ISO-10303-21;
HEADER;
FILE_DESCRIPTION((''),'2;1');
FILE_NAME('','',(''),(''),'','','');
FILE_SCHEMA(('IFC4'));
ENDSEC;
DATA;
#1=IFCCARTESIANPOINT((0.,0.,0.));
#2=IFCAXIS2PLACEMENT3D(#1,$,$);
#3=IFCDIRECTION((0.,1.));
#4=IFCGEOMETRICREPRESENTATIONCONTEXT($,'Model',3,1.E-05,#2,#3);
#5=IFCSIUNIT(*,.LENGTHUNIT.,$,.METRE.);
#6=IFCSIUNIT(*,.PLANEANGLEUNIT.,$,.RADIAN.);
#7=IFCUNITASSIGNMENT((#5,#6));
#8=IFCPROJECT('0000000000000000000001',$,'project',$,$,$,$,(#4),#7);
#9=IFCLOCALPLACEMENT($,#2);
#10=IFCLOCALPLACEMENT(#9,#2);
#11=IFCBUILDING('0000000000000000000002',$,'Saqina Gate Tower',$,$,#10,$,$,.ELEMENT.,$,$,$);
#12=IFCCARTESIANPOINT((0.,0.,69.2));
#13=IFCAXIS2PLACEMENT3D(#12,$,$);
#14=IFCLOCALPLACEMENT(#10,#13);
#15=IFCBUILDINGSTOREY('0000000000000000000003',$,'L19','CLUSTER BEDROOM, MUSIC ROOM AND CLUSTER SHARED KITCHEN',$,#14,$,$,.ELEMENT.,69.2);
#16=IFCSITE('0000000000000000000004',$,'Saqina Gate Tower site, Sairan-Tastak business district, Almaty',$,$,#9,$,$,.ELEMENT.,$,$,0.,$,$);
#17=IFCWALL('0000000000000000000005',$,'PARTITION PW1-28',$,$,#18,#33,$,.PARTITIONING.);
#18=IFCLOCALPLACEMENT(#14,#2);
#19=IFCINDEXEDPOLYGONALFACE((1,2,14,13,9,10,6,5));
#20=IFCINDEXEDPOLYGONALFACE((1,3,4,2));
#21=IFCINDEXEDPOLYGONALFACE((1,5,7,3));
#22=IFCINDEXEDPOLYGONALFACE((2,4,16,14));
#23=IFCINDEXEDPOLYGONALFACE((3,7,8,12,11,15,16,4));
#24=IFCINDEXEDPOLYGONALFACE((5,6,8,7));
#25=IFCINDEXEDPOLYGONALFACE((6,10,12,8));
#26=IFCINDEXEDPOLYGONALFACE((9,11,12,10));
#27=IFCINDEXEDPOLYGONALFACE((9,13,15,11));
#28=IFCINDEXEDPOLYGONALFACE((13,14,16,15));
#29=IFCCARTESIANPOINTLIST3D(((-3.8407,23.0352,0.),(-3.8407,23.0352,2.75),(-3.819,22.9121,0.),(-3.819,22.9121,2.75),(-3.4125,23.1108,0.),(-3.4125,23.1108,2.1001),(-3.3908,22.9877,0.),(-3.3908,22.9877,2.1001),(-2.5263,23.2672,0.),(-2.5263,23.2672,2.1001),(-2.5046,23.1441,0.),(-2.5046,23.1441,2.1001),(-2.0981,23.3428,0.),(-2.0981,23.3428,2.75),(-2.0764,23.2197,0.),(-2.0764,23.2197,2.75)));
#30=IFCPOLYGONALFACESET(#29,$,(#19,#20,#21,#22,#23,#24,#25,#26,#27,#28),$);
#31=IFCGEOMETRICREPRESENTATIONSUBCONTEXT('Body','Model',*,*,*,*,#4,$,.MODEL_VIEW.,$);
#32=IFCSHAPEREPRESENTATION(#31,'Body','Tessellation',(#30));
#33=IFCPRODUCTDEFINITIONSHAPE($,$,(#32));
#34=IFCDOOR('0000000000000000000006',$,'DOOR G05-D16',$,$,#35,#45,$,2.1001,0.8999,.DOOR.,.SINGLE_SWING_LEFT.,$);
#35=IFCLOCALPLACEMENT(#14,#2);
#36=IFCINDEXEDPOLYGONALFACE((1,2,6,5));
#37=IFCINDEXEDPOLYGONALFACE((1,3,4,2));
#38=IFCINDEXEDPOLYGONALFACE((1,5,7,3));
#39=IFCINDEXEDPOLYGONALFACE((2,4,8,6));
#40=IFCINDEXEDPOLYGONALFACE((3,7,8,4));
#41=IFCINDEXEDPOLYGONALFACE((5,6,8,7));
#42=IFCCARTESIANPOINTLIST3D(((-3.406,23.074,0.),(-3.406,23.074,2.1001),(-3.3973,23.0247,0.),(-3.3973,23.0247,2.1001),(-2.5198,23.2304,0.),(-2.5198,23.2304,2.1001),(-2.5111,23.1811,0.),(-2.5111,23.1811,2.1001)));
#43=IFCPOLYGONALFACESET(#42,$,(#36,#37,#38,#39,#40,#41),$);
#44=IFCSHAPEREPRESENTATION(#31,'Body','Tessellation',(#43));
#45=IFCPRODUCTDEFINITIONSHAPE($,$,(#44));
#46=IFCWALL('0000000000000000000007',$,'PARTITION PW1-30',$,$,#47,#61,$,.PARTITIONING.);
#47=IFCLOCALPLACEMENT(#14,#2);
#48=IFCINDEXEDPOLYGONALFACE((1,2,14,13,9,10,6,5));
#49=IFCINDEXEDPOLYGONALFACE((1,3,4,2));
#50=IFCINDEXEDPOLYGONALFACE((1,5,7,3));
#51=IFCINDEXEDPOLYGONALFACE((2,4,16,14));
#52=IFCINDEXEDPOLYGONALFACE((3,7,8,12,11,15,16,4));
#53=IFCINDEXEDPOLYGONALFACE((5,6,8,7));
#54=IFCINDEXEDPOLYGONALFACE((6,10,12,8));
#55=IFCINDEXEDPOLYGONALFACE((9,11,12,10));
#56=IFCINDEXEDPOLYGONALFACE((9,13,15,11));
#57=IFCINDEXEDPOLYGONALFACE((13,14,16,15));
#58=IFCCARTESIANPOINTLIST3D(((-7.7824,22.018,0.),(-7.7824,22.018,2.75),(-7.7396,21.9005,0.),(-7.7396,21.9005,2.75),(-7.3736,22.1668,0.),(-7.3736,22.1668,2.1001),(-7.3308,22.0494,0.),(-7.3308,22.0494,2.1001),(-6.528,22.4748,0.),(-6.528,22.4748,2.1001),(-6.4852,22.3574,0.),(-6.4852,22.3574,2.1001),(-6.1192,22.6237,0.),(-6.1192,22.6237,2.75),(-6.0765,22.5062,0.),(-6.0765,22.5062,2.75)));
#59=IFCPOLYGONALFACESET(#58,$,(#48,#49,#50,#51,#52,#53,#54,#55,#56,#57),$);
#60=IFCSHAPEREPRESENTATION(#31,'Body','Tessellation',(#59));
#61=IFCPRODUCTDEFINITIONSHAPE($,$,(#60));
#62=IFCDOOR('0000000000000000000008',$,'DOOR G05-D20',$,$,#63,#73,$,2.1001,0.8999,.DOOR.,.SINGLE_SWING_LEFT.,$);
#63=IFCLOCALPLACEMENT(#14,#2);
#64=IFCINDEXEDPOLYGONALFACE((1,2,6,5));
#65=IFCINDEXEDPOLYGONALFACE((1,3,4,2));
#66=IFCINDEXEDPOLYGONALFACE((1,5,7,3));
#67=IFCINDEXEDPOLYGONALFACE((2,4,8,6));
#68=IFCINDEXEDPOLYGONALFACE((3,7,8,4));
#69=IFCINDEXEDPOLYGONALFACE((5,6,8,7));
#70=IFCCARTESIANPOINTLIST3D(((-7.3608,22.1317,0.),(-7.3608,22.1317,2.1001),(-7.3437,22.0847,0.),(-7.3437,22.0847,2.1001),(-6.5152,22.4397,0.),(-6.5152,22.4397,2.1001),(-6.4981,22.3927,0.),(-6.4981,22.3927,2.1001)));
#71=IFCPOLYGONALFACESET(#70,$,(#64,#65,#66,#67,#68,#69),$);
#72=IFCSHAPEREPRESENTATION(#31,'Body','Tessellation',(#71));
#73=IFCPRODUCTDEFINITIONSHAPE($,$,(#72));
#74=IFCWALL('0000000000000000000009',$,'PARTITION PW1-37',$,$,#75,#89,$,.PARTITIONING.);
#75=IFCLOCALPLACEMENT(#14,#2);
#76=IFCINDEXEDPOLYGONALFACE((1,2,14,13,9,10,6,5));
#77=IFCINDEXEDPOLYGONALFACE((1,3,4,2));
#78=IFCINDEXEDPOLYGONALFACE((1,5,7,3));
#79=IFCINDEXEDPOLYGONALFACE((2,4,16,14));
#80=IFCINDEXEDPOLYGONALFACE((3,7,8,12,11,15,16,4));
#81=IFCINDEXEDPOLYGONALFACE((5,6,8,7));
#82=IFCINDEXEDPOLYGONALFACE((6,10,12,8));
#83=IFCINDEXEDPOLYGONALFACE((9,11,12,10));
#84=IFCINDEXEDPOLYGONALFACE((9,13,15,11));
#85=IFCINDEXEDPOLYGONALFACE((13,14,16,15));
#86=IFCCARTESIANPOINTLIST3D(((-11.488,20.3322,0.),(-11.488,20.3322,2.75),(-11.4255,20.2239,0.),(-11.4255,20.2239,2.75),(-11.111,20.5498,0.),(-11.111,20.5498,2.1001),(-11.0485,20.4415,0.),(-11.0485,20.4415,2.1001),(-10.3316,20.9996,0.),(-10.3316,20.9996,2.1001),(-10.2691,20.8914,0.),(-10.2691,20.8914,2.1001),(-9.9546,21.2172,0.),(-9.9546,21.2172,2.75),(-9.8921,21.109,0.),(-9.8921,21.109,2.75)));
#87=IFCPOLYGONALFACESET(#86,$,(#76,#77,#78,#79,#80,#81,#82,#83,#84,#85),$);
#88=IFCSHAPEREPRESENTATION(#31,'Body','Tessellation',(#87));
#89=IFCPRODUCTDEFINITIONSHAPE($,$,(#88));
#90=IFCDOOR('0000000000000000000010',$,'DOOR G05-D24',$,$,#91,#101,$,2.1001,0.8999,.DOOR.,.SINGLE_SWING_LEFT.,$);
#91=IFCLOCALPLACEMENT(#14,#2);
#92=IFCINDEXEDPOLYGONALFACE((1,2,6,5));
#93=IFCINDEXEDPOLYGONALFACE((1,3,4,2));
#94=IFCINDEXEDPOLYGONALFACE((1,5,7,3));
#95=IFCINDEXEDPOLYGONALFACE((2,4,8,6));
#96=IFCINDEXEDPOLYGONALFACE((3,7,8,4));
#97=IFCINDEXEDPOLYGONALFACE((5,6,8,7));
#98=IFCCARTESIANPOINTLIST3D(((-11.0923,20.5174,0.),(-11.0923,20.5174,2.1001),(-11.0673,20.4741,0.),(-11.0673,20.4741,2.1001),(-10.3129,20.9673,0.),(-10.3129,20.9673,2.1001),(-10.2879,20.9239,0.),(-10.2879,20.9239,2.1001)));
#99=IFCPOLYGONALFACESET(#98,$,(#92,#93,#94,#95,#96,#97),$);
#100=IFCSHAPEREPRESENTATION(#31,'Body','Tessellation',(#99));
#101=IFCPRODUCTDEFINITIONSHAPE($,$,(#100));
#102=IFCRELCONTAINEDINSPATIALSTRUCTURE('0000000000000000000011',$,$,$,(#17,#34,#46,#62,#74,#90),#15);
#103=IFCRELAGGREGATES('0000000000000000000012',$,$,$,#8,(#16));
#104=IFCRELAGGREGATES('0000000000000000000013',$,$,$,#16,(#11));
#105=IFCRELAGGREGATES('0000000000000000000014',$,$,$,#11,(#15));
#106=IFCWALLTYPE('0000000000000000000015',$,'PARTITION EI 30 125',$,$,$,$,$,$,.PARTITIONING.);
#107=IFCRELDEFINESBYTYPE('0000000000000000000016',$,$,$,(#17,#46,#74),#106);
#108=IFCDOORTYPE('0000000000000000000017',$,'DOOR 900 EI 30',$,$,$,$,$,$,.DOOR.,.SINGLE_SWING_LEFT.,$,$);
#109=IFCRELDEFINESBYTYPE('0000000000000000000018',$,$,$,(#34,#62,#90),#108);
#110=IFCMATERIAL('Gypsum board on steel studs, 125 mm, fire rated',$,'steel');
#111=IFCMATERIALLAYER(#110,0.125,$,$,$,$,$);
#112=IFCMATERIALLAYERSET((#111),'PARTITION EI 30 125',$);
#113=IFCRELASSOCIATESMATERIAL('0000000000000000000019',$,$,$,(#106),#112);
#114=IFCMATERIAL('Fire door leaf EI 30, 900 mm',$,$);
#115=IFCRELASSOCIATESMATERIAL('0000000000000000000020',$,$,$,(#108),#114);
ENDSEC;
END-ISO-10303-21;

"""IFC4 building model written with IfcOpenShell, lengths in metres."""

from ifc_helpers import new_model, si_unit, direction, frame, frame_2d, origin, place, context, subcontext, project, spatial, rectangle, extrude, material, layer, layer_set, type_object, element, fill, save


model = new_model("IFC4")

# Units and contexts
model_context = context("Model", 3, precision=1e-05, world=origin(), true_north=direction((0.0, 1.0)))
body_context = subcontext(model_context, "Body", "Model", "MODEL_VIEW")
ifc_project = project(units=[si_unit("LENGTHUNIT", "METRE"), si_unit("PLANEANGLEUNIT", "RADIAN")], contexts=[model_context])

# Site, building, storey
site_placement = place(None, origin())
site = spatial("IfcSite", under=ifc_project, at=site_placement, Name="Saqina Gate Tower site, Sairan-Tastak business district, Almaty", CompositionType="ELEMENT", RefElevation=0.0)
building_placement = place(site_placement, origin())
building = spatial("IfcBuilding", under=site, at=building_placement, Name="Saqina Gate Tower", CompositionType="ELEMENT")
storey_placement = place(building_placement, frame((0.0, 0.0, 69.2)))
storey = spatial("IfcBuildingStorey", under=building, at=storey_placement, Name="L19", Description="CLUSTER BEDROOM, MUSIC ROOM AND CLUSTER SHARED KITCHEN", CompositionType="ELEMENT", Elevation=69.2)

# Shared definitions
ifc_material_1 = material(Name="Gypsum board on steel studs, 125 mm, fire rated", Category="steel")
ifc_layer_1 = layer(ifc_material_1, 0.125)
ifc_layer_set_1 = layer_set([ifc_layer_1], Name="PARTITION EI 30 125")
wall_type_1 = type_object("IfcWallType", Name="PARTITION EI 30 125", PredefinedType="PARTITIONING", material=ifc_layer_set_1)

# Walls, openings, doors
wall_1_placement = place(storey_placement, frame((-3.8298, 22.9736, 0.0), z_axis=(0.0, 0.0, 1.0), x_axis=(0.984775, 0.173833, 0.0)))
wall_1 = element("IfcWall", 1, at=wall_1_placement, inside=storey, type_object=wall_type_1, Name="PARTITION PW1-28", PredefinedType="PARTITIONING", context=body_context, shape_type="SweptSolid", body=[
    extrude(rectangle(XDim=1.7695, YDim=0.125, at=frame_2d((0.8848, 0.0))), origin(), (0.0, 0.0, 1.0), 2.75),
])
opening_1_placement = place(wall_1_placement, frame((0.4348, 0.0, 0.0)))
opening_1 = element("IfcOpeningElement", 2, at=opening_1_placement, cuts=wall_1, PredefinedType="OPENING", context=body_context, shape_type="SweptSolid", body=[
    extrude(rectangle(XDim=0.8999, YDim=2.1001, at=frame_2d((0.45, 1.05))), frame((0.0, 0.0745, 0.0), z_axis=(0.0, -1.0, 0.0), x_axis=(1.0, 0.0, 0.0)), (0.0, 0.0, 1.0), 0.1489),
])
ifc_material_2 = material(Name="Fire door leaf EI 30, 900 mm")
door_type_1 = type_object("IfcDoorType", Name="DOOR 900 EI 30", OperationType="SINGLE_SWING_LEFT", PredefinedType="DOOR", material=ifc_material_2)
door_1_placement = place(opening_1_placement, frame((0.8999, 0.0, 0.0), z_axis=(0.0, 0.0, 1.0), x_axis=(-1.0, 0.0, 0.0)))
door_1 = element("IfcDoor", 3, at=door_1_placement, inside=storey, type_object=door_type_1, Name="DOOR G05-D16", OperationType="SINGLE_SWING_LEFT", OverallHeight=2.1001, OverallWidth=0.8999, PredefinedType="DOOR", context=body_context, shape_type="SweptSolid", body=[
    extrude(rectangle(XDim=0.8999, YDim=2.1001, at=frame_2d((0.45, 1.05))), frame((0.0, 0.0249, 0.0), z_axis=(0.0, -1.0, 0.0), x_axis=(1.0, 0.0, 0.0)), (0.0, 0.0, 1.0), 0.05),
])
fill(opening_1, door_1)
wall_2_placement = place(storey_placement, frame((-7.761, 21.9592, 0.0), z_axis=(0.0, 0.0, 1.0), x_axis=(0.93962, 0.342219, 0.0)))
wall_2 = element("IfcWall", 4, at=wall_2_placement, inside=storey, type_object=wall_type_1, Name="PARTITION PW1-30", PredefinedType="PARTITIONING", context=body_context, shape_type="SweptSolid", body=[
    extrude(rectangle(XDim=1.77, YDim=0.125, at=frame_2d((0.885, 0.0))), origin(), (0.0, 0.0, 1.0), 2.75),
])
opening_2_placement = place(wall_2_placement, frame((0.4351, 0.0, 0.0)))
opening_2 = element("IfcOpeningElement", 5, at=opening_2_placement, cuts=wall_2, PredefinedType="OPENING", context=body_context, shape_type="SweptSolid", body=[
    extrude(rectangle(XDim=0.8999, YDim=2.1001, at=frame_2d((0.45, 1.05))), frame((0.0, 0.0745, 0.0), z_axis=(0.0, -1.0, 0.0), x_axis=(1.0, 0.0, 0.0)), (0.0, 0.0, 1.0), 0.1489),
])
door_2_placement = place(opening_2_placement, frame((0.8999, 0.0, 0.0), z_axis=(0.0, 0.0, 1.0), x_axis=(-1.0, 0.0, 0.0)))
door_2 = element("IfcDoor", 6, at=door_2_placement, inside=storey, type_object=door_type_1, Name="DOOR G05-D20", OperationType="SINGLE_SWING_LEFT", OverallHeight=2.1001, OverallWidth=0.8999, PredefinedType="DOOR", context=body_context, shape_type="SweptSolid", body=[
    extrude(rectangle(XDim=0.8999, YDim=2.1001, at=frame_2d((0.45, 1.05))), frame((0.0, 0.0249, 0.0), z_axis=(0.0, -1.0, 0.0), x_axis=(1.0, 0.0, 0.0)), (0.0, 0.0, 1.0), 0.05),
])
fill(opening_2, door_2)
wall_3_placement = place(storey_placement, frame((-11.4568, 20.2781, 0.0), z_axis=(0.0, 0.0, 1.0), x_axis=(0.866105, 0.499862, 0.0)))
wall_3 = element("IfcWall", 7, at=wall_3_placement, inside=storey, type_object=wall_type_1, Name="PARTITION PW1-37", PredefinedType="PARTITIONING", context=body_context, shape_type="SweptSolid", body=[
    extrude(rectangle(XDim=1.7705, YDim=0.125, at=frame_2d((0.8853, 0.0))), origin(), (0.0, 0.0, 1.0), 2.75),
])
opening_3_placement = place(wall_3_placement, frame((0.4353, 0.0, 0.0)))
opening_3 = element("IfcOpeningElement", 8, at=opening_3_placement, cuts=wall_3, PredefinedType="OPENING", context=body_context, shape_type="SweptSolid", body=[
    extrude(rectangle(XDim=0.8999, YDim=2.1001, at=frame_2d((0.45, 1.05))), frame((0.0, 0.0745, 0.0), z_axis=(0.0, -1.0, 0.0), x_axis=(1.0, 0.0, 0.0)), (0.0, 0.0, 1.0), 0.1489),
])
door_3_placement = place(opening_3_placement, frame((0.8999, 0.0, 0.0), z_axis=(0.0, 0.0, 1.0), x_axis=(-1.0, 0.0, 0.0)))
door_3 = element("IfcDoor", 9, at=door_3_placement, inside=storey, type_object=door_type_1, Name="DOOR G05-D24", OperationType="SINGLE_SWING_LEFT", OverallHeight=2.1001, OverallWidth=0.8999, PredefinedType="DOOR", context=body_context, shape_type="SweptSolid", body=[
    extrude(rectangle(XDim=0.8999, YDim=2.1001, at=frame_2d((0.45, 1.05))), frame((0.0, 0.0249, 0.0), z_axis=(0.0, -1.0, 0.0), x_axis=(1.0, 0.0, 0.0)), (0.0, 0.0, 1.0), 0.05),
])
fill(opening_3, door_3)

save(model, "model.ifc")
